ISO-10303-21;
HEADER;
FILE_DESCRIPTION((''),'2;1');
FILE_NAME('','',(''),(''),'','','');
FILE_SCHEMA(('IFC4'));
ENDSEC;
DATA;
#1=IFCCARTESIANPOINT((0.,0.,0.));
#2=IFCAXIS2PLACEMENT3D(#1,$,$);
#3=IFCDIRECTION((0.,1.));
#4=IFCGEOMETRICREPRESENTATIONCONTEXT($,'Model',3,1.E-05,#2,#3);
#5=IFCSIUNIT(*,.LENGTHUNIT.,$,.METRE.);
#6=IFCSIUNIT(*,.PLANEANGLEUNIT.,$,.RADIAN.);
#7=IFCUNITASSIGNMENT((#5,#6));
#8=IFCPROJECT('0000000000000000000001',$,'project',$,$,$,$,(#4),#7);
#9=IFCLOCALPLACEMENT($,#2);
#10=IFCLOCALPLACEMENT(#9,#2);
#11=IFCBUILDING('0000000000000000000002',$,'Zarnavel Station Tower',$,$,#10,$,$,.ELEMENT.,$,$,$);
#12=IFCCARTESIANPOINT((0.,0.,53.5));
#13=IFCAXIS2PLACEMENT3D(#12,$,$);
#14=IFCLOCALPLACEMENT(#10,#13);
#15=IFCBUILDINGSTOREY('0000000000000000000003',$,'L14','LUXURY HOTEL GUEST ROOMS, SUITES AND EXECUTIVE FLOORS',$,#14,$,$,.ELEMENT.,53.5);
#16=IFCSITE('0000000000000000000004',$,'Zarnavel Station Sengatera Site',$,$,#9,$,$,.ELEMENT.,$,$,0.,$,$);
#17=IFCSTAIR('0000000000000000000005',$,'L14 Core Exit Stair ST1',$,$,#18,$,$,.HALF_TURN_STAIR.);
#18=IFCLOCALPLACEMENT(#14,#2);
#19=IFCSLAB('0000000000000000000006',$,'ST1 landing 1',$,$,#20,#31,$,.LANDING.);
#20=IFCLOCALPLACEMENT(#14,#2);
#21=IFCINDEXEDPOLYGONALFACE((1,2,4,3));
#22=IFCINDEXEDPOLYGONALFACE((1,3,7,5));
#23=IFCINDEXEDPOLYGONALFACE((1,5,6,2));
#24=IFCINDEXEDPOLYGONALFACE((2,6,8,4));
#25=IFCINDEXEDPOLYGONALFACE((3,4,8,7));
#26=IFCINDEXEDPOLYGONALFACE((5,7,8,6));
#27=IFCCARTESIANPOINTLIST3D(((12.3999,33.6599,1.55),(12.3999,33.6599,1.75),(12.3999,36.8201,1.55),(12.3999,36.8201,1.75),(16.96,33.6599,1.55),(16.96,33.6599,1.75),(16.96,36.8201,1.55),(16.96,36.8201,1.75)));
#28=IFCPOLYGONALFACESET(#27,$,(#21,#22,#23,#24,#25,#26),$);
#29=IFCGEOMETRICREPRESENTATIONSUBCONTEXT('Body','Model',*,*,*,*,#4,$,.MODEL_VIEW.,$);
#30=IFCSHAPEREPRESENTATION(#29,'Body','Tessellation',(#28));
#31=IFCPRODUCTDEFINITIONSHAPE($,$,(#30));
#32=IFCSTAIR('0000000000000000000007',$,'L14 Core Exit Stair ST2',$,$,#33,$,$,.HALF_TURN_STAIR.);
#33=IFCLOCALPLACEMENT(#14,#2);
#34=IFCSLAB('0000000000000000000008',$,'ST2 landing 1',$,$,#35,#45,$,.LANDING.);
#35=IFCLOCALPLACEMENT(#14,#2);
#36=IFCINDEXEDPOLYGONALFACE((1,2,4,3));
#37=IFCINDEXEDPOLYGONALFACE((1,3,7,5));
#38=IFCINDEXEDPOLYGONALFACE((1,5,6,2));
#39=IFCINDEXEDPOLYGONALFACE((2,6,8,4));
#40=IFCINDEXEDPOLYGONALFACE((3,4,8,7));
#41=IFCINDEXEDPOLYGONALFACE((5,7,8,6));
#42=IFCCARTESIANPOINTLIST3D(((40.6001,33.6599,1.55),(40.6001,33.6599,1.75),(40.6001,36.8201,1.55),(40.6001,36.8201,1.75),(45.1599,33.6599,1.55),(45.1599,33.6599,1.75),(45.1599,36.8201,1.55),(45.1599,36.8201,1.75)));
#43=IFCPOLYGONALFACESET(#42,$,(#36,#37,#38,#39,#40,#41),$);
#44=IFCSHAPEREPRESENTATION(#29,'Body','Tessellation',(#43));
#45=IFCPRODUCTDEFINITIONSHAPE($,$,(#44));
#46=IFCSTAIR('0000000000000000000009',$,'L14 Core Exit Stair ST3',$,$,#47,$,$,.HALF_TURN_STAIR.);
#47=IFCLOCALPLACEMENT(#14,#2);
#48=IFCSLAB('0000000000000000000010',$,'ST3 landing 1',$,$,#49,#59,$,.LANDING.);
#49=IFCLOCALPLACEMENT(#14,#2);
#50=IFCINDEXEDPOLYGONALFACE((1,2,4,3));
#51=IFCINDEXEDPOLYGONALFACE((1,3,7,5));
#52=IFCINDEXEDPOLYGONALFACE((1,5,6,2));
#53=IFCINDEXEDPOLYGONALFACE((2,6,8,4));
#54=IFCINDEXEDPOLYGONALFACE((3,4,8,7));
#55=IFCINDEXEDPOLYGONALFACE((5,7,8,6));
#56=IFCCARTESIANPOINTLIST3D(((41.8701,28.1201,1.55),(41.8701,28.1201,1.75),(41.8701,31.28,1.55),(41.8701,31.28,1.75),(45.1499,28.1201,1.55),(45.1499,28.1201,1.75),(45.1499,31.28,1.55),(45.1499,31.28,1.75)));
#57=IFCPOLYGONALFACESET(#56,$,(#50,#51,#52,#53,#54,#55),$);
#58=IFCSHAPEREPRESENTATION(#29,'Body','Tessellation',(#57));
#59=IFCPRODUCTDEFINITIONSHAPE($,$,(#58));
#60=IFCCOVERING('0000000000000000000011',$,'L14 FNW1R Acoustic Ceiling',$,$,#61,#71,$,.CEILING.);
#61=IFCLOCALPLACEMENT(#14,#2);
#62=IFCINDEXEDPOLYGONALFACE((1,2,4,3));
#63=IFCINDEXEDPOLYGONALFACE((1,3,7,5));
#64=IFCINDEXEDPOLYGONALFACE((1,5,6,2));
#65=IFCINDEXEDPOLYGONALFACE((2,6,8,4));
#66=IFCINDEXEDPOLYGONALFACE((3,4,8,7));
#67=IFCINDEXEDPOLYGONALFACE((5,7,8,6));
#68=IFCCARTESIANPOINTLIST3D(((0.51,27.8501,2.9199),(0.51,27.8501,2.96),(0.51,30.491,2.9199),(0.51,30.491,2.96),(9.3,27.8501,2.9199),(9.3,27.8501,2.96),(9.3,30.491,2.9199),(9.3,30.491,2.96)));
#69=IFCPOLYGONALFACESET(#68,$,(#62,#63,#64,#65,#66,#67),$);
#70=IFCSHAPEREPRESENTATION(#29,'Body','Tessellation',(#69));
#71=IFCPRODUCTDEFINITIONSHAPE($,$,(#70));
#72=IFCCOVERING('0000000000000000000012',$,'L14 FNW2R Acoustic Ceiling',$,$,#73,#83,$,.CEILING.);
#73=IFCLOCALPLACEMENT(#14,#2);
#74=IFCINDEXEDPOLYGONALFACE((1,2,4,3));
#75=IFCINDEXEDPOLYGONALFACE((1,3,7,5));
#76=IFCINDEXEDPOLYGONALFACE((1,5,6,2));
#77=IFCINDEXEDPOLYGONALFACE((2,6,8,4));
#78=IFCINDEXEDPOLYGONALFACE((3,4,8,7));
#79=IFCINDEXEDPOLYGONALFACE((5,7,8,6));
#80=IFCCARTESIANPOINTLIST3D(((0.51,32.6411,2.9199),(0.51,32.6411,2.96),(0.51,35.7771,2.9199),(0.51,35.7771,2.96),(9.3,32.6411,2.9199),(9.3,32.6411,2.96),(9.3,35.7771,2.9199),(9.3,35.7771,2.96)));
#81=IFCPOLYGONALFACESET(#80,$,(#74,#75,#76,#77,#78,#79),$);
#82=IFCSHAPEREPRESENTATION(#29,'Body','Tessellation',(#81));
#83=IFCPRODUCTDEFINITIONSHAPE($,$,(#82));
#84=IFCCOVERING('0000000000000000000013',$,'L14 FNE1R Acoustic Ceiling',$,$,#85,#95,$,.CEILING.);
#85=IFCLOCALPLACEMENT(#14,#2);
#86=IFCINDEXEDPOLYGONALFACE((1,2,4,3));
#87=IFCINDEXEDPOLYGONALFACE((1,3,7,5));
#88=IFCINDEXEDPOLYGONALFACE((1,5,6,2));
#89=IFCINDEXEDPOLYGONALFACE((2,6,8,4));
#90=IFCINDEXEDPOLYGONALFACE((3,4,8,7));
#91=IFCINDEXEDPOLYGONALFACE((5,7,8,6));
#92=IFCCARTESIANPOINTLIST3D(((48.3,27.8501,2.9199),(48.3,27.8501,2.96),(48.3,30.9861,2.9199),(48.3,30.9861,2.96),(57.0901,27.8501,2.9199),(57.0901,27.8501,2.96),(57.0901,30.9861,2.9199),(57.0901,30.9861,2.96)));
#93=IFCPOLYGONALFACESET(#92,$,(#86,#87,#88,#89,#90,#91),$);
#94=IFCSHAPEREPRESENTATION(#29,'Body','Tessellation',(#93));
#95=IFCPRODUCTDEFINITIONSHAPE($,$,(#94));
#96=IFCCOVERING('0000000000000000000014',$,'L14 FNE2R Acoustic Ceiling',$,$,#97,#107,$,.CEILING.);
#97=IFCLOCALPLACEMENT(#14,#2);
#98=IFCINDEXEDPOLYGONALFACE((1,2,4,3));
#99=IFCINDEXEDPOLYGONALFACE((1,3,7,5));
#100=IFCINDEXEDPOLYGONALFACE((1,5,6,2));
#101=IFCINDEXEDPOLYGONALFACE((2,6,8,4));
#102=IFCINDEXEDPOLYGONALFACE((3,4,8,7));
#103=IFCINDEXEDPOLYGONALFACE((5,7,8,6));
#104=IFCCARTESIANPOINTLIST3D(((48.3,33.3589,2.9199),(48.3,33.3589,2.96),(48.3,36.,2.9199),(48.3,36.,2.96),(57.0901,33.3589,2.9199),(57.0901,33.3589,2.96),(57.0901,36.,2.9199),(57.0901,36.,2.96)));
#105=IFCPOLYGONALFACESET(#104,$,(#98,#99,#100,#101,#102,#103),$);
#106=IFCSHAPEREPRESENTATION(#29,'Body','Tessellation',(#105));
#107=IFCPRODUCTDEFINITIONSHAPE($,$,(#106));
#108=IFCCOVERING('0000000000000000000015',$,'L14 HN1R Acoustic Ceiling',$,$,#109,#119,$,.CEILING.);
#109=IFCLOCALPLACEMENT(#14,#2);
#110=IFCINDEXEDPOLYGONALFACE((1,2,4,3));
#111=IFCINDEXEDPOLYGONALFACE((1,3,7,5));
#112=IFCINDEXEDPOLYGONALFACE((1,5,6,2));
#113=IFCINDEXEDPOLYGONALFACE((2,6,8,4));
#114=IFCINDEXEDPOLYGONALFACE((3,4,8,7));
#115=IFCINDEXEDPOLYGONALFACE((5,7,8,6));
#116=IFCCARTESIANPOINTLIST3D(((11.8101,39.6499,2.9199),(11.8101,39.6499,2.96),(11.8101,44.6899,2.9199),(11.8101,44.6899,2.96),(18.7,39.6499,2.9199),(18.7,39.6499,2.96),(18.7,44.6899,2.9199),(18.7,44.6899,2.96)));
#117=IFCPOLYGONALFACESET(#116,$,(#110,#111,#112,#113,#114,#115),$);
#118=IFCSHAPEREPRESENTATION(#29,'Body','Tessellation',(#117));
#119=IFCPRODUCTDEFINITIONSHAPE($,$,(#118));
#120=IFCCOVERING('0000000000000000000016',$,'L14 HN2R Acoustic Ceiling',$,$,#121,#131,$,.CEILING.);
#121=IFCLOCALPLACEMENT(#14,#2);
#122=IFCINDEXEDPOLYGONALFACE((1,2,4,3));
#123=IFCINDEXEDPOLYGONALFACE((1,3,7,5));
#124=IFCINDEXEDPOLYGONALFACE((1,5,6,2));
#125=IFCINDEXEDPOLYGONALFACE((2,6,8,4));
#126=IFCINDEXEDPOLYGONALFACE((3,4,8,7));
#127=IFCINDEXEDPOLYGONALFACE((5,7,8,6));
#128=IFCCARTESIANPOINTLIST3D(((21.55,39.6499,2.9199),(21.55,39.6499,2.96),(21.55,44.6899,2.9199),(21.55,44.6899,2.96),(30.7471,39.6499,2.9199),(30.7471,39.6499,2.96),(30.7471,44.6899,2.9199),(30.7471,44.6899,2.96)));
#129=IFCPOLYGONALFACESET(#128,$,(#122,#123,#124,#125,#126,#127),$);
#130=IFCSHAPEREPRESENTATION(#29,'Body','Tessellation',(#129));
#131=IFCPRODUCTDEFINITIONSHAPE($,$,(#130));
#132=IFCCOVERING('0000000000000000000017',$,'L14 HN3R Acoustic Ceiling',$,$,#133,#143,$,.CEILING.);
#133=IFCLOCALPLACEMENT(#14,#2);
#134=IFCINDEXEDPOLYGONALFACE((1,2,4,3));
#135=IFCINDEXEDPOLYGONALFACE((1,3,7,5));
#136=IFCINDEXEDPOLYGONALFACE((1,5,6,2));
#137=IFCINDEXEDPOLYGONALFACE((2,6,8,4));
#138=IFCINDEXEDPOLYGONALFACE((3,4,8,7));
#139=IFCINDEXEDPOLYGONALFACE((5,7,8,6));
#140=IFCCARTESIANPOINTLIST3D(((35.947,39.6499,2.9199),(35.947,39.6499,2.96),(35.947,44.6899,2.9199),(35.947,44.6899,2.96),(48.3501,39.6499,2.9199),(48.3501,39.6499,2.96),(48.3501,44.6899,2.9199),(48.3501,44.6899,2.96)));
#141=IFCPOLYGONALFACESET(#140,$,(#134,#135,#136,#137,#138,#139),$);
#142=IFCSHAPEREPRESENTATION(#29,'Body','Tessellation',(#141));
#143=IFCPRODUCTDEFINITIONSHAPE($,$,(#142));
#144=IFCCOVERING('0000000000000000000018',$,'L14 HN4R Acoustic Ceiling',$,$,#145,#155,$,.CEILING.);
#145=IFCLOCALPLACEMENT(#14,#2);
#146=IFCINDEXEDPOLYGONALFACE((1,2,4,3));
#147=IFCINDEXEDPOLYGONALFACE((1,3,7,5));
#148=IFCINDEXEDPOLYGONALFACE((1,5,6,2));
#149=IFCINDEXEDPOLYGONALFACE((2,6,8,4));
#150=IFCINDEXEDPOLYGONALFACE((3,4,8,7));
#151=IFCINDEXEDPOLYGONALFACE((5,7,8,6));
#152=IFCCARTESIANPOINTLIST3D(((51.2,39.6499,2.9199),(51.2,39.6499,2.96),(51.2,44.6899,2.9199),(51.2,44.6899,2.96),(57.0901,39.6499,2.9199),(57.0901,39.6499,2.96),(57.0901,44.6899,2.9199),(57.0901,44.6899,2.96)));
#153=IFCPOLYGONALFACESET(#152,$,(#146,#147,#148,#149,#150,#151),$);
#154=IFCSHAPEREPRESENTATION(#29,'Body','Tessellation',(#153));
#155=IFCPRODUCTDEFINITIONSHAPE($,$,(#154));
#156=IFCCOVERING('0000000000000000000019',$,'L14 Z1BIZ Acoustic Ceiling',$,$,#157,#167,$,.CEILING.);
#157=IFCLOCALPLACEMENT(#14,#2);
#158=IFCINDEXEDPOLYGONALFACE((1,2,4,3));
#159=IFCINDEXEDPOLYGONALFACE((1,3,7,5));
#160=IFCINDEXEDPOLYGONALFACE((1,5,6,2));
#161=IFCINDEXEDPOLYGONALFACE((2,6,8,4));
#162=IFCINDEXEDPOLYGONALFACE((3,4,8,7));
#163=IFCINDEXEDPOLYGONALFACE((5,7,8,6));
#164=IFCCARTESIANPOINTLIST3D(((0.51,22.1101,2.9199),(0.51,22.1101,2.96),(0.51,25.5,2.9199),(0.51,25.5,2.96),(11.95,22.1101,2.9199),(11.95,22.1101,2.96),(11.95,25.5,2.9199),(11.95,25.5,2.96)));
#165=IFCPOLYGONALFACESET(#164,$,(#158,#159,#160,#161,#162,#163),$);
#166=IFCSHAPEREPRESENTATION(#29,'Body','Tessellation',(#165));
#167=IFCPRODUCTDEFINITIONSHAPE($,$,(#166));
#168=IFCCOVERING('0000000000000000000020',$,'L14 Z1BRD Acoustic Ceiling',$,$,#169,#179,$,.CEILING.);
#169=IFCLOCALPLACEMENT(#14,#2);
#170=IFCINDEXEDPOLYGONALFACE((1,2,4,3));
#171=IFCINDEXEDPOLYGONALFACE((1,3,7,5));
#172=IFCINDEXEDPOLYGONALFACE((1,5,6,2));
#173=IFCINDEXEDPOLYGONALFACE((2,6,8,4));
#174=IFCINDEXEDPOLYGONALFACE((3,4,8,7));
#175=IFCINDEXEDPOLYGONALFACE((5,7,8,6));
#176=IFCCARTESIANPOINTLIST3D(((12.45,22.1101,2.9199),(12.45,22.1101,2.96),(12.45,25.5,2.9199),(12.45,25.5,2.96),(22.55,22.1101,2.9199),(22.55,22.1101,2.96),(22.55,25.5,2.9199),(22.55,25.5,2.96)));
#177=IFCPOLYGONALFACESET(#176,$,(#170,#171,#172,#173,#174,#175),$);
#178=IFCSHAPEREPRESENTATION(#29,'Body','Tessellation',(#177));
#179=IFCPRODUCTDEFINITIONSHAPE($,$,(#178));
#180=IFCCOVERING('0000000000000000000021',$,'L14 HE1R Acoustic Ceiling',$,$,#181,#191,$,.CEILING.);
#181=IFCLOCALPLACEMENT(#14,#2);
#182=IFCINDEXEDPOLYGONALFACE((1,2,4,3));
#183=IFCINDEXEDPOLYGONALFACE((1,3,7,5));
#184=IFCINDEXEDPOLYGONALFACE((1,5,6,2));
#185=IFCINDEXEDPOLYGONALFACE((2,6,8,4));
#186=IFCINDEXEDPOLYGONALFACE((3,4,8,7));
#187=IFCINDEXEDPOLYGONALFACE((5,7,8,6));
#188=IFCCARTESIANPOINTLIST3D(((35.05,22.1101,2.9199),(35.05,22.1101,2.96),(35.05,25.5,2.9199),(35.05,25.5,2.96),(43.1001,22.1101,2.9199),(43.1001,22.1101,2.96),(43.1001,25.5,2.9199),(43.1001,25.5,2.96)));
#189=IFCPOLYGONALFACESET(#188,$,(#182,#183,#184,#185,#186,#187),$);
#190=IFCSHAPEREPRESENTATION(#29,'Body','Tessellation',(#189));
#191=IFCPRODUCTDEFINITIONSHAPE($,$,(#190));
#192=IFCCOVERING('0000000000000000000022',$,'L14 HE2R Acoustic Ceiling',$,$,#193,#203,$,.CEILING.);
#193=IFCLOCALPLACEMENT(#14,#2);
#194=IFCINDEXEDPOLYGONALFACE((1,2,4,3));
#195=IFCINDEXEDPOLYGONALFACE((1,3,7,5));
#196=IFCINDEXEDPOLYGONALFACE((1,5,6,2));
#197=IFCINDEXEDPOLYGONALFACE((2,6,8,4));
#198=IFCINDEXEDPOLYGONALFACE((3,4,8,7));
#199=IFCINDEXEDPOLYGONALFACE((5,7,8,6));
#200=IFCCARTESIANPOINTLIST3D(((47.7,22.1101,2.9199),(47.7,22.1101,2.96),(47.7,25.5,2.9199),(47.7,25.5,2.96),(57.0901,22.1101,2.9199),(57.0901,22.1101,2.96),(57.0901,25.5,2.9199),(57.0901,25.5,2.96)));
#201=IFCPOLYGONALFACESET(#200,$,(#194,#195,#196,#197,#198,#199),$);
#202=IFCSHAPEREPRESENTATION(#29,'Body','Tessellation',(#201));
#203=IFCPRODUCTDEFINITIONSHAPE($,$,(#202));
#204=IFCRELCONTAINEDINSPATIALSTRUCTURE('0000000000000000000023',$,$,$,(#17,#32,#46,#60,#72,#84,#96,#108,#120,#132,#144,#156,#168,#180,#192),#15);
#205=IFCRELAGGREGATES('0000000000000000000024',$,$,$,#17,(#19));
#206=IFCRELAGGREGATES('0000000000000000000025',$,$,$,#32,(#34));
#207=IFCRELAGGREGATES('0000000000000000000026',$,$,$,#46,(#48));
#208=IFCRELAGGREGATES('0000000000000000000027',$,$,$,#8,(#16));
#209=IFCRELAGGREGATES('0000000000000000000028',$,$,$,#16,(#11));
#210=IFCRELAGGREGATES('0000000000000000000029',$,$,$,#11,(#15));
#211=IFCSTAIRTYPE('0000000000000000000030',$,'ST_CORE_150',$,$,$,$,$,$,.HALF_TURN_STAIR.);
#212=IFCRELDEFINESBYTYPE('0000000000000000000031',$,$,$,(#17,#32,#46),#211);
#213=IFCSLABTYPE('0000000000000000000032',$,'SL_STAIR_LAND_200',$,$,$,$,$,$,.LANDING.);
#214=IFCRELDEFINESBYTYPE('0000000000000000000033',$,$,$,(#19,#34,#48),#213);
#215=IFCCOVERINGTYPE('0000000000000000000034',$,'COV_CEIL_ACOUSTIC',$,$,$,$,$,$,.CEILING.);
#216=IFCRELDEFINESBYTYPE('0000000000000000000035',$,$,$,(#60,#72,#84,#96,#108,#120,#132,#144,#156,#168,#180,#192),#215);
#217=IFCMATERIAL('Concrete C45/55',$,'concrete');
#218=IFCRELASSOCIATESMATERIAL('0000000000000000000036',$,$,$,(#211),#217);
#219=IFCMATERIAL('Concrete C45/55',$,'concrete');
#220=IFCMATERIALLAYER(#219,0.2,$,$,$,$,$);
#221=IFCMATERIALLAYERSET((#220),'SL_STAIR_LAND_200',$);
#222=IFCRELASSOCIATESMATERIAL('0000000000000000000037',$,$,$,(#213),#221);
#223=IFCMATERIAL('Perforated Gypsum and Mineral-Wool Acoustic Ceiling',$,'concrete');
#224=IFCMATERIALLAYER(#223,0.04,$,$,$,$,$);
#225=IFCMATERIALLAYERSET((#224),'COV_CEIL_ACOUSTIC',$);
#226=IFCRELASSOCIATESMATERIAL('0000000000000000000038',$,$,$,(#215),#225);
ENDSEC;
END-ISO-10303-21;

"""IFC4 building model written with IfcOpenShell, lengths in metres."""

from ifc_helpers import new_model, si_unit, direction, frame, origin, place, context, subcontext, project, spatial, polyline, outline, extrude, material, layer, layer_set, type_object, element, aggregate, save


model = new_model("IFC4")

# Units and contexts
model_context = context("Model", 3, precision=1e-05, world=origin(), true_north=direction((0.0, 1.0)))
body_context = subcontext(model_context, "Body", "Model", "MODEL_VIEW")
ifc_project = project(units=[si_unit("LENGTHUNIT", "METRE"), si_unit("PLANEANGLEUNIT", "RADIAN")], contexts=[model_context])

# Site, building, storey
site_placement = place(None, origin())
site = spatial("IfcSite", under=ifc_project, at=site_placement, Name="Zarnavel Station Sengatera Site", CompositionType="ELEMENT", RefElevation=0.0)
building_placement = place(site_placement, origin())
building = spatial("IfcBuilding", under=site, at=building_placement, Name="Zarnavel Station Tower", CompositionType="ELEMENT")
storey_placement = place(building_placement, frame((0.0, 0.0, 53.5)))
storey = spatial("IfcBuildingStorey", under=building, at=storey_placement, Name="L14", Description="LUXURY HOTEL GUEST ROOMS, SUITES AND EXECUTIVE FLOORS", CompositionType="ELEMENT", Elevation=53.5)

# Stairs, slabs
ifc_material_1 = material(Name="Concrete C45/55", Category="concrete")
stair_type = type_object("IfcStairType", Name="ST_CORE_150", PredefinedType="HALF_TURN_STAIR", material=ifc_material_1)
stair_1_placement = place(storey_placement, origin())
stair_1 = element("IfcStair", 1, at=stair_1_placement, inside=storey, type_object=stair_type, Name="L14 Core Exit Stair ST1", PredefinedType="HALF_TURN_STAIR")
ifc_material_2 = material(Name="Concrete C45/55", Category="concrete")
ifc_layer_1 = layer(ifc_material_2, 0.2)
ifc_layer_set_1 = layer_set([ifc_layer_1], Name="SL_STAIR_LAND_200")
slab_type_1 = type_object("IfcSlabType", Name="SL_STAIR_LAND_200", PredefinedType="LANDING", material=ifc_layer_set_1)
slab_1_placement = place(storey_placement, frame((0.0, 0.0, 1.55)))
slab_1 = element("IfcSlab", 2, at=slab_1_placement, type_object=slab_type_1, Name="ST1 landing 1", PredefinedType="LANDING", context=body_context, shape_type="SweptSolid", body=[
    extrude(outline(polyline([(16.96, 36.8201), (12.3999, 36.8201), (12.3999, 33.6599), (16.96, 33.6599), (16.96, 36.8201)])), origin(), (0.0, 0.0, 1.0), 0.2),
])
aggregate(stair_1, [slab_1])
stair_2_placement = place(storey_placement, origin())
stair_2 = element("IfcStair", 3, at=stair_2_placement, inside=storey, type_object=stair_type, Name="L14 Core Exit Stair ST2", PredefinedType="HALF_TURN_STAIR")
slab_2_placement = place(storey_placement, frame((0.0, 0.0, 1.55)))
slab_2 = element("IfcSlab", 4, at=slab_2_placement, type_object=slab_type_1, Name="ST2 landing 1", PredefinedType="LANDING", context=body_context, shape_type="SweptSolid", body=[
    extrude(outline(polyline([(40.6001, 33.6599), (45.1599, 33.6599), (45.1599, 36.8201), (40.6001, 36.8201), (40.6001, 33.6599)])), origin(), (0.0, 0.0, 1.0), 0.2),
])
aggregate(stair_2, [slab_2])
stair_3_placement = place(storey_placement, origin())
stair_3 = element("IfcStair", 5, at=stair_3_placement, inside=storey, type_object=stair_type, Name="L14 Core Exit Stair ST3", PredefinedType="HALF_TURN_STAIR")
slab_3_placement = place(storey_placement, frame((0.0, 0.0, 1.55)))
slab_3 = element("IfcSlab", 6, at=slab_3_placement, type_object=slab_type_1, Name="ST3 landing 1", PredefinedType="LANDING", context=body_context, shape_type="SweptSolid", body=[
    extrude(outline(polyline([(41.8701, 28.1201), (45.1499, 28.1201), (45.1499, 31.28), (41.8701, 31.28), (41.8701, 28.1201)])), origin(), (0.0, 0.0, 1.0), 0.2),
])
aggregate(stair_3, [slab_3])

# Coverings
ifc_material_3 = material(Name="Perforated Gypsum and Mineral-Wool Acoustic Ceiling", Category="concrete")
ifc_layer_2 = layer(ifc_material_3, 0.04)
ifc_layer_set_2 = layer_set([ifc_layer_2], Name="COV_CEIL_ACOUSTIC")
covering_type_1 = type_object("IfcCoveringType", Name="COV_CEIL_ACOUSTIC", PredefinedType="CEILING", material=ifc_layer_set_2)
covering_1_placement = place(storey_placement, frame((0.0, 0.0, 2.9199)))
element("IfcCovering", 7, at=covering_1_placement, inside=storey, type_object=covering_type_1, Name="L14 FNW1R Acoustic Ceiling", PredefinedType="CEILING", context=body_context, shape_type="SweptSolid", body=[
    extrude(outline(polyline([(0.51, 27.8501), (9.3, 27.8501), (9.3, 30.491), (0.51, 30.491), (0.51, 27.8501)])), origin(), (0.0, 0.0, 1.0), 0.04),
])
covering_2_placement = place(storey_placement, frame((0.0, 0.0, 2.9199)))
element("IfcCovering", 8, at=covering_2_placement, inside=storey, type_object=covering_type_1, Name="L14 FNW2R Acoustic Ceiling", PredefinedType="CEILING", context=body_context, shape_type="SweptSolid", body=[
    extrude(outline(polyline([(0.51, 32.6411), (9.3, 32.6411), (9.3, 35.7771), (0.51, 35.7771), (0.51, 32.6411)])), origin(), (0.0, 0.0, 1.0), 0.04),
])
covering_3_placement = place(storey_placement, frame((0.0, 0.0, 2.9199)))
element("IfcCovering", 9, at=covering_3_placement, inside=storey, type_object=covering_type_1, Name="L14 FNE1R Acoustic Ceiling", PredefinedType="CEILING", context=body_context, shape_type="SweptSolid", body=[
    extrude(outline(polyline([(48.3, 27.8501), (57.0901, 27.8501), (57.0901, 30.9861), (48.3, 30.9861), (48.3, 27.8501)])), origin(), (0.0, 0.0, 1.0), 0.04),
])
covering_4_placement = place(storey_placement, frame((0.0, 0.0, 2.9199)))
element("IfcCovering", 10, at=covering_4_placement, inside=storey, type_object=covering_type_1, Name="L14 FNE2R Acoustic Ceiling", PredefinedType="CEILING", context=body_context, shape_type="SweptSolid", body=[
    extrude(outline(polyline([(48.3, 33.3589), (57.0901, 33.3589), (57.0901, 36.0), (48.3, 36.0), (48.3, 33.3589)])), origin(), (0.0, 0.0, 1.0), 0.04),
])
covering_5_placement = place(storey_placement, frame((0.0, 0.0, 2.9199)))
element("IfcCovering", 11, at=covering_5_placement, inside=storey, type_object=covering_type_1, Name="L14 HN1R Acoustic Ceiling", PredefinedType="CEILING", context=body_context, shape_type="SweptSolid", body=[
    extrude(outline(polyline([(11.8101, 39.6499), (18.7, 39.6499), (18.7, 44.6899), (11.8101, 44.6899), (11.8101, 39.6499)])), origin(), (0.0, 0.0, 1.0), 0.04),
])
covering_6_placement = place(storey_placement, frame((0.0, 0.0, 2.9199)))
element("IfcCovering", 12, at=covering_6_placement, inside=storey, type_object=covering_type_1, Name="L14 HN2R Acoustic Ceiling", PredefinedType="CEILING", context=body_context, shape_type="SweptSolid", body=[
    extrude(outline(polyline([(21.55, 39.6499), (30.7471, 39.6499), (30.7471, 44.6899), (21.55, 44.6899), (21.55, 39.6499)])), origin(), (0.0, 0.0, 1.0), 0.04),
])
covering_7_placement = place(storey_placement, frame((0.0, 0.0, 2.9199)))
element("IfcCovering", 13, at=covering_7_placement, inside=storey, type_object=covering_type_1, Name="L14 HN3R Acoustic Ceiling", PredefinedType="CEILING", context=body_context, shape_type="SweptSolid", body=[
    extrude(outline(polyline([(35.947, 39.6499), (48.3501, 39.6499), (48.3501, 44.6899), (35.947, 44.6899), (35.947, 39.6499)])), origin(), (0.0, 0.0, 1.0), 0.04),
])
covering_8_placement = place(storey_placement, frame((0.0, 0.0, 2.9199)))
element("IfcCovering", 14, at=covering_8_placement, inside=storey, type_object=covering_type_1, Name="L14 HN4R Acoustic Ceiling", PredefinedType="CEILING", context=body_context, shape_type="SweptSolid", body=[
    extrude(outline(polyline([(51.2, 39.6499), (57.0901, 39.6499), (57.0901, 44.6899), (51.2, 44.6899), (51.2, 39.6499)])), origin(), (0.0, 0.0, 1.0), 0.04),
])
covering_9_placement = place(storey_placement, frame((0.0, 0.0, 2.9199)))
element("IfcCovering", 15, at=covering_9_placement, inside=storey, type_object=covering_type_1, Name="L14 Z1BIZ Acoustic Ceiling", PredefinedType="CEILING", context=body_context, shape_type="SweptSolid", body=[
    extrude(outline(polyline([(0.51, 22.1101), (11.95, 22.1101), (11.95, 25.5), (0.51, 25.5), (0.51, 22.1101)])), origin(), (0.0, 0.0, 1.0), 0.04),
])
covering_10_placement = place(storey_placement, frame((0.0, 0.0, 2.9199)))
element("IfcCovering", 16, at=covering_10_placement, inside=storey, type_object=covering_type_1, Name="L14 Z1BRD Acoustic Ceiling", PredefinedType="CEILING", context=body_context, shape_type="SweptSolid", body=[
    extrude(outline(polyline([(12.45, 22.1101), (22.55, 22.1101), (22.55, 25.5), (12.45, 25.5), (12.45, 22.1101)])), origin(), (0.0, 0.0, 1.0), 0.04),
])
covering_11_placement = place(storey_placement, frame((0.0, 0.0, 2.9199)))
element("IfcCovering", 17, at=covering_11_placement, inside=storey, type_object=covering_type_1, Name="L14 HE1R Acoustic Ceiling", PredefinedType="CEILING", context=body_context, shape_type="SweptSolid", body=[
    extrude(outline(polyline([(35.05, 22.1101), (43.1001, 22.1101), (43.1001, 25.5), (35.05, 25.5), (35.05, 22.1101)])), origin(), (0.0, 0.0, 1.0), 0.04),
])
covering_12_placement = place(storey_placement, frame((0.0, 0.0, 2.9199)))
element("IfcCovering", 18, at=covering_12_placement, inside=storey, type_object=covering_type_1, Name="L14 HE2R Acoustic Ceiling", PredefinedType="CEILING", context=body_context, shape_type="SweptSolid", body=[
    extrude(outline(polyline([(47.7, 22.1101), (57.0901, 22.1101), (57.0901, 25.5), (47.7, 25.5), (47.7, 22.1101)])), origin(), (0.0, 0.0, 1.0), 0.04),
])

save(model, "model.ifc")
